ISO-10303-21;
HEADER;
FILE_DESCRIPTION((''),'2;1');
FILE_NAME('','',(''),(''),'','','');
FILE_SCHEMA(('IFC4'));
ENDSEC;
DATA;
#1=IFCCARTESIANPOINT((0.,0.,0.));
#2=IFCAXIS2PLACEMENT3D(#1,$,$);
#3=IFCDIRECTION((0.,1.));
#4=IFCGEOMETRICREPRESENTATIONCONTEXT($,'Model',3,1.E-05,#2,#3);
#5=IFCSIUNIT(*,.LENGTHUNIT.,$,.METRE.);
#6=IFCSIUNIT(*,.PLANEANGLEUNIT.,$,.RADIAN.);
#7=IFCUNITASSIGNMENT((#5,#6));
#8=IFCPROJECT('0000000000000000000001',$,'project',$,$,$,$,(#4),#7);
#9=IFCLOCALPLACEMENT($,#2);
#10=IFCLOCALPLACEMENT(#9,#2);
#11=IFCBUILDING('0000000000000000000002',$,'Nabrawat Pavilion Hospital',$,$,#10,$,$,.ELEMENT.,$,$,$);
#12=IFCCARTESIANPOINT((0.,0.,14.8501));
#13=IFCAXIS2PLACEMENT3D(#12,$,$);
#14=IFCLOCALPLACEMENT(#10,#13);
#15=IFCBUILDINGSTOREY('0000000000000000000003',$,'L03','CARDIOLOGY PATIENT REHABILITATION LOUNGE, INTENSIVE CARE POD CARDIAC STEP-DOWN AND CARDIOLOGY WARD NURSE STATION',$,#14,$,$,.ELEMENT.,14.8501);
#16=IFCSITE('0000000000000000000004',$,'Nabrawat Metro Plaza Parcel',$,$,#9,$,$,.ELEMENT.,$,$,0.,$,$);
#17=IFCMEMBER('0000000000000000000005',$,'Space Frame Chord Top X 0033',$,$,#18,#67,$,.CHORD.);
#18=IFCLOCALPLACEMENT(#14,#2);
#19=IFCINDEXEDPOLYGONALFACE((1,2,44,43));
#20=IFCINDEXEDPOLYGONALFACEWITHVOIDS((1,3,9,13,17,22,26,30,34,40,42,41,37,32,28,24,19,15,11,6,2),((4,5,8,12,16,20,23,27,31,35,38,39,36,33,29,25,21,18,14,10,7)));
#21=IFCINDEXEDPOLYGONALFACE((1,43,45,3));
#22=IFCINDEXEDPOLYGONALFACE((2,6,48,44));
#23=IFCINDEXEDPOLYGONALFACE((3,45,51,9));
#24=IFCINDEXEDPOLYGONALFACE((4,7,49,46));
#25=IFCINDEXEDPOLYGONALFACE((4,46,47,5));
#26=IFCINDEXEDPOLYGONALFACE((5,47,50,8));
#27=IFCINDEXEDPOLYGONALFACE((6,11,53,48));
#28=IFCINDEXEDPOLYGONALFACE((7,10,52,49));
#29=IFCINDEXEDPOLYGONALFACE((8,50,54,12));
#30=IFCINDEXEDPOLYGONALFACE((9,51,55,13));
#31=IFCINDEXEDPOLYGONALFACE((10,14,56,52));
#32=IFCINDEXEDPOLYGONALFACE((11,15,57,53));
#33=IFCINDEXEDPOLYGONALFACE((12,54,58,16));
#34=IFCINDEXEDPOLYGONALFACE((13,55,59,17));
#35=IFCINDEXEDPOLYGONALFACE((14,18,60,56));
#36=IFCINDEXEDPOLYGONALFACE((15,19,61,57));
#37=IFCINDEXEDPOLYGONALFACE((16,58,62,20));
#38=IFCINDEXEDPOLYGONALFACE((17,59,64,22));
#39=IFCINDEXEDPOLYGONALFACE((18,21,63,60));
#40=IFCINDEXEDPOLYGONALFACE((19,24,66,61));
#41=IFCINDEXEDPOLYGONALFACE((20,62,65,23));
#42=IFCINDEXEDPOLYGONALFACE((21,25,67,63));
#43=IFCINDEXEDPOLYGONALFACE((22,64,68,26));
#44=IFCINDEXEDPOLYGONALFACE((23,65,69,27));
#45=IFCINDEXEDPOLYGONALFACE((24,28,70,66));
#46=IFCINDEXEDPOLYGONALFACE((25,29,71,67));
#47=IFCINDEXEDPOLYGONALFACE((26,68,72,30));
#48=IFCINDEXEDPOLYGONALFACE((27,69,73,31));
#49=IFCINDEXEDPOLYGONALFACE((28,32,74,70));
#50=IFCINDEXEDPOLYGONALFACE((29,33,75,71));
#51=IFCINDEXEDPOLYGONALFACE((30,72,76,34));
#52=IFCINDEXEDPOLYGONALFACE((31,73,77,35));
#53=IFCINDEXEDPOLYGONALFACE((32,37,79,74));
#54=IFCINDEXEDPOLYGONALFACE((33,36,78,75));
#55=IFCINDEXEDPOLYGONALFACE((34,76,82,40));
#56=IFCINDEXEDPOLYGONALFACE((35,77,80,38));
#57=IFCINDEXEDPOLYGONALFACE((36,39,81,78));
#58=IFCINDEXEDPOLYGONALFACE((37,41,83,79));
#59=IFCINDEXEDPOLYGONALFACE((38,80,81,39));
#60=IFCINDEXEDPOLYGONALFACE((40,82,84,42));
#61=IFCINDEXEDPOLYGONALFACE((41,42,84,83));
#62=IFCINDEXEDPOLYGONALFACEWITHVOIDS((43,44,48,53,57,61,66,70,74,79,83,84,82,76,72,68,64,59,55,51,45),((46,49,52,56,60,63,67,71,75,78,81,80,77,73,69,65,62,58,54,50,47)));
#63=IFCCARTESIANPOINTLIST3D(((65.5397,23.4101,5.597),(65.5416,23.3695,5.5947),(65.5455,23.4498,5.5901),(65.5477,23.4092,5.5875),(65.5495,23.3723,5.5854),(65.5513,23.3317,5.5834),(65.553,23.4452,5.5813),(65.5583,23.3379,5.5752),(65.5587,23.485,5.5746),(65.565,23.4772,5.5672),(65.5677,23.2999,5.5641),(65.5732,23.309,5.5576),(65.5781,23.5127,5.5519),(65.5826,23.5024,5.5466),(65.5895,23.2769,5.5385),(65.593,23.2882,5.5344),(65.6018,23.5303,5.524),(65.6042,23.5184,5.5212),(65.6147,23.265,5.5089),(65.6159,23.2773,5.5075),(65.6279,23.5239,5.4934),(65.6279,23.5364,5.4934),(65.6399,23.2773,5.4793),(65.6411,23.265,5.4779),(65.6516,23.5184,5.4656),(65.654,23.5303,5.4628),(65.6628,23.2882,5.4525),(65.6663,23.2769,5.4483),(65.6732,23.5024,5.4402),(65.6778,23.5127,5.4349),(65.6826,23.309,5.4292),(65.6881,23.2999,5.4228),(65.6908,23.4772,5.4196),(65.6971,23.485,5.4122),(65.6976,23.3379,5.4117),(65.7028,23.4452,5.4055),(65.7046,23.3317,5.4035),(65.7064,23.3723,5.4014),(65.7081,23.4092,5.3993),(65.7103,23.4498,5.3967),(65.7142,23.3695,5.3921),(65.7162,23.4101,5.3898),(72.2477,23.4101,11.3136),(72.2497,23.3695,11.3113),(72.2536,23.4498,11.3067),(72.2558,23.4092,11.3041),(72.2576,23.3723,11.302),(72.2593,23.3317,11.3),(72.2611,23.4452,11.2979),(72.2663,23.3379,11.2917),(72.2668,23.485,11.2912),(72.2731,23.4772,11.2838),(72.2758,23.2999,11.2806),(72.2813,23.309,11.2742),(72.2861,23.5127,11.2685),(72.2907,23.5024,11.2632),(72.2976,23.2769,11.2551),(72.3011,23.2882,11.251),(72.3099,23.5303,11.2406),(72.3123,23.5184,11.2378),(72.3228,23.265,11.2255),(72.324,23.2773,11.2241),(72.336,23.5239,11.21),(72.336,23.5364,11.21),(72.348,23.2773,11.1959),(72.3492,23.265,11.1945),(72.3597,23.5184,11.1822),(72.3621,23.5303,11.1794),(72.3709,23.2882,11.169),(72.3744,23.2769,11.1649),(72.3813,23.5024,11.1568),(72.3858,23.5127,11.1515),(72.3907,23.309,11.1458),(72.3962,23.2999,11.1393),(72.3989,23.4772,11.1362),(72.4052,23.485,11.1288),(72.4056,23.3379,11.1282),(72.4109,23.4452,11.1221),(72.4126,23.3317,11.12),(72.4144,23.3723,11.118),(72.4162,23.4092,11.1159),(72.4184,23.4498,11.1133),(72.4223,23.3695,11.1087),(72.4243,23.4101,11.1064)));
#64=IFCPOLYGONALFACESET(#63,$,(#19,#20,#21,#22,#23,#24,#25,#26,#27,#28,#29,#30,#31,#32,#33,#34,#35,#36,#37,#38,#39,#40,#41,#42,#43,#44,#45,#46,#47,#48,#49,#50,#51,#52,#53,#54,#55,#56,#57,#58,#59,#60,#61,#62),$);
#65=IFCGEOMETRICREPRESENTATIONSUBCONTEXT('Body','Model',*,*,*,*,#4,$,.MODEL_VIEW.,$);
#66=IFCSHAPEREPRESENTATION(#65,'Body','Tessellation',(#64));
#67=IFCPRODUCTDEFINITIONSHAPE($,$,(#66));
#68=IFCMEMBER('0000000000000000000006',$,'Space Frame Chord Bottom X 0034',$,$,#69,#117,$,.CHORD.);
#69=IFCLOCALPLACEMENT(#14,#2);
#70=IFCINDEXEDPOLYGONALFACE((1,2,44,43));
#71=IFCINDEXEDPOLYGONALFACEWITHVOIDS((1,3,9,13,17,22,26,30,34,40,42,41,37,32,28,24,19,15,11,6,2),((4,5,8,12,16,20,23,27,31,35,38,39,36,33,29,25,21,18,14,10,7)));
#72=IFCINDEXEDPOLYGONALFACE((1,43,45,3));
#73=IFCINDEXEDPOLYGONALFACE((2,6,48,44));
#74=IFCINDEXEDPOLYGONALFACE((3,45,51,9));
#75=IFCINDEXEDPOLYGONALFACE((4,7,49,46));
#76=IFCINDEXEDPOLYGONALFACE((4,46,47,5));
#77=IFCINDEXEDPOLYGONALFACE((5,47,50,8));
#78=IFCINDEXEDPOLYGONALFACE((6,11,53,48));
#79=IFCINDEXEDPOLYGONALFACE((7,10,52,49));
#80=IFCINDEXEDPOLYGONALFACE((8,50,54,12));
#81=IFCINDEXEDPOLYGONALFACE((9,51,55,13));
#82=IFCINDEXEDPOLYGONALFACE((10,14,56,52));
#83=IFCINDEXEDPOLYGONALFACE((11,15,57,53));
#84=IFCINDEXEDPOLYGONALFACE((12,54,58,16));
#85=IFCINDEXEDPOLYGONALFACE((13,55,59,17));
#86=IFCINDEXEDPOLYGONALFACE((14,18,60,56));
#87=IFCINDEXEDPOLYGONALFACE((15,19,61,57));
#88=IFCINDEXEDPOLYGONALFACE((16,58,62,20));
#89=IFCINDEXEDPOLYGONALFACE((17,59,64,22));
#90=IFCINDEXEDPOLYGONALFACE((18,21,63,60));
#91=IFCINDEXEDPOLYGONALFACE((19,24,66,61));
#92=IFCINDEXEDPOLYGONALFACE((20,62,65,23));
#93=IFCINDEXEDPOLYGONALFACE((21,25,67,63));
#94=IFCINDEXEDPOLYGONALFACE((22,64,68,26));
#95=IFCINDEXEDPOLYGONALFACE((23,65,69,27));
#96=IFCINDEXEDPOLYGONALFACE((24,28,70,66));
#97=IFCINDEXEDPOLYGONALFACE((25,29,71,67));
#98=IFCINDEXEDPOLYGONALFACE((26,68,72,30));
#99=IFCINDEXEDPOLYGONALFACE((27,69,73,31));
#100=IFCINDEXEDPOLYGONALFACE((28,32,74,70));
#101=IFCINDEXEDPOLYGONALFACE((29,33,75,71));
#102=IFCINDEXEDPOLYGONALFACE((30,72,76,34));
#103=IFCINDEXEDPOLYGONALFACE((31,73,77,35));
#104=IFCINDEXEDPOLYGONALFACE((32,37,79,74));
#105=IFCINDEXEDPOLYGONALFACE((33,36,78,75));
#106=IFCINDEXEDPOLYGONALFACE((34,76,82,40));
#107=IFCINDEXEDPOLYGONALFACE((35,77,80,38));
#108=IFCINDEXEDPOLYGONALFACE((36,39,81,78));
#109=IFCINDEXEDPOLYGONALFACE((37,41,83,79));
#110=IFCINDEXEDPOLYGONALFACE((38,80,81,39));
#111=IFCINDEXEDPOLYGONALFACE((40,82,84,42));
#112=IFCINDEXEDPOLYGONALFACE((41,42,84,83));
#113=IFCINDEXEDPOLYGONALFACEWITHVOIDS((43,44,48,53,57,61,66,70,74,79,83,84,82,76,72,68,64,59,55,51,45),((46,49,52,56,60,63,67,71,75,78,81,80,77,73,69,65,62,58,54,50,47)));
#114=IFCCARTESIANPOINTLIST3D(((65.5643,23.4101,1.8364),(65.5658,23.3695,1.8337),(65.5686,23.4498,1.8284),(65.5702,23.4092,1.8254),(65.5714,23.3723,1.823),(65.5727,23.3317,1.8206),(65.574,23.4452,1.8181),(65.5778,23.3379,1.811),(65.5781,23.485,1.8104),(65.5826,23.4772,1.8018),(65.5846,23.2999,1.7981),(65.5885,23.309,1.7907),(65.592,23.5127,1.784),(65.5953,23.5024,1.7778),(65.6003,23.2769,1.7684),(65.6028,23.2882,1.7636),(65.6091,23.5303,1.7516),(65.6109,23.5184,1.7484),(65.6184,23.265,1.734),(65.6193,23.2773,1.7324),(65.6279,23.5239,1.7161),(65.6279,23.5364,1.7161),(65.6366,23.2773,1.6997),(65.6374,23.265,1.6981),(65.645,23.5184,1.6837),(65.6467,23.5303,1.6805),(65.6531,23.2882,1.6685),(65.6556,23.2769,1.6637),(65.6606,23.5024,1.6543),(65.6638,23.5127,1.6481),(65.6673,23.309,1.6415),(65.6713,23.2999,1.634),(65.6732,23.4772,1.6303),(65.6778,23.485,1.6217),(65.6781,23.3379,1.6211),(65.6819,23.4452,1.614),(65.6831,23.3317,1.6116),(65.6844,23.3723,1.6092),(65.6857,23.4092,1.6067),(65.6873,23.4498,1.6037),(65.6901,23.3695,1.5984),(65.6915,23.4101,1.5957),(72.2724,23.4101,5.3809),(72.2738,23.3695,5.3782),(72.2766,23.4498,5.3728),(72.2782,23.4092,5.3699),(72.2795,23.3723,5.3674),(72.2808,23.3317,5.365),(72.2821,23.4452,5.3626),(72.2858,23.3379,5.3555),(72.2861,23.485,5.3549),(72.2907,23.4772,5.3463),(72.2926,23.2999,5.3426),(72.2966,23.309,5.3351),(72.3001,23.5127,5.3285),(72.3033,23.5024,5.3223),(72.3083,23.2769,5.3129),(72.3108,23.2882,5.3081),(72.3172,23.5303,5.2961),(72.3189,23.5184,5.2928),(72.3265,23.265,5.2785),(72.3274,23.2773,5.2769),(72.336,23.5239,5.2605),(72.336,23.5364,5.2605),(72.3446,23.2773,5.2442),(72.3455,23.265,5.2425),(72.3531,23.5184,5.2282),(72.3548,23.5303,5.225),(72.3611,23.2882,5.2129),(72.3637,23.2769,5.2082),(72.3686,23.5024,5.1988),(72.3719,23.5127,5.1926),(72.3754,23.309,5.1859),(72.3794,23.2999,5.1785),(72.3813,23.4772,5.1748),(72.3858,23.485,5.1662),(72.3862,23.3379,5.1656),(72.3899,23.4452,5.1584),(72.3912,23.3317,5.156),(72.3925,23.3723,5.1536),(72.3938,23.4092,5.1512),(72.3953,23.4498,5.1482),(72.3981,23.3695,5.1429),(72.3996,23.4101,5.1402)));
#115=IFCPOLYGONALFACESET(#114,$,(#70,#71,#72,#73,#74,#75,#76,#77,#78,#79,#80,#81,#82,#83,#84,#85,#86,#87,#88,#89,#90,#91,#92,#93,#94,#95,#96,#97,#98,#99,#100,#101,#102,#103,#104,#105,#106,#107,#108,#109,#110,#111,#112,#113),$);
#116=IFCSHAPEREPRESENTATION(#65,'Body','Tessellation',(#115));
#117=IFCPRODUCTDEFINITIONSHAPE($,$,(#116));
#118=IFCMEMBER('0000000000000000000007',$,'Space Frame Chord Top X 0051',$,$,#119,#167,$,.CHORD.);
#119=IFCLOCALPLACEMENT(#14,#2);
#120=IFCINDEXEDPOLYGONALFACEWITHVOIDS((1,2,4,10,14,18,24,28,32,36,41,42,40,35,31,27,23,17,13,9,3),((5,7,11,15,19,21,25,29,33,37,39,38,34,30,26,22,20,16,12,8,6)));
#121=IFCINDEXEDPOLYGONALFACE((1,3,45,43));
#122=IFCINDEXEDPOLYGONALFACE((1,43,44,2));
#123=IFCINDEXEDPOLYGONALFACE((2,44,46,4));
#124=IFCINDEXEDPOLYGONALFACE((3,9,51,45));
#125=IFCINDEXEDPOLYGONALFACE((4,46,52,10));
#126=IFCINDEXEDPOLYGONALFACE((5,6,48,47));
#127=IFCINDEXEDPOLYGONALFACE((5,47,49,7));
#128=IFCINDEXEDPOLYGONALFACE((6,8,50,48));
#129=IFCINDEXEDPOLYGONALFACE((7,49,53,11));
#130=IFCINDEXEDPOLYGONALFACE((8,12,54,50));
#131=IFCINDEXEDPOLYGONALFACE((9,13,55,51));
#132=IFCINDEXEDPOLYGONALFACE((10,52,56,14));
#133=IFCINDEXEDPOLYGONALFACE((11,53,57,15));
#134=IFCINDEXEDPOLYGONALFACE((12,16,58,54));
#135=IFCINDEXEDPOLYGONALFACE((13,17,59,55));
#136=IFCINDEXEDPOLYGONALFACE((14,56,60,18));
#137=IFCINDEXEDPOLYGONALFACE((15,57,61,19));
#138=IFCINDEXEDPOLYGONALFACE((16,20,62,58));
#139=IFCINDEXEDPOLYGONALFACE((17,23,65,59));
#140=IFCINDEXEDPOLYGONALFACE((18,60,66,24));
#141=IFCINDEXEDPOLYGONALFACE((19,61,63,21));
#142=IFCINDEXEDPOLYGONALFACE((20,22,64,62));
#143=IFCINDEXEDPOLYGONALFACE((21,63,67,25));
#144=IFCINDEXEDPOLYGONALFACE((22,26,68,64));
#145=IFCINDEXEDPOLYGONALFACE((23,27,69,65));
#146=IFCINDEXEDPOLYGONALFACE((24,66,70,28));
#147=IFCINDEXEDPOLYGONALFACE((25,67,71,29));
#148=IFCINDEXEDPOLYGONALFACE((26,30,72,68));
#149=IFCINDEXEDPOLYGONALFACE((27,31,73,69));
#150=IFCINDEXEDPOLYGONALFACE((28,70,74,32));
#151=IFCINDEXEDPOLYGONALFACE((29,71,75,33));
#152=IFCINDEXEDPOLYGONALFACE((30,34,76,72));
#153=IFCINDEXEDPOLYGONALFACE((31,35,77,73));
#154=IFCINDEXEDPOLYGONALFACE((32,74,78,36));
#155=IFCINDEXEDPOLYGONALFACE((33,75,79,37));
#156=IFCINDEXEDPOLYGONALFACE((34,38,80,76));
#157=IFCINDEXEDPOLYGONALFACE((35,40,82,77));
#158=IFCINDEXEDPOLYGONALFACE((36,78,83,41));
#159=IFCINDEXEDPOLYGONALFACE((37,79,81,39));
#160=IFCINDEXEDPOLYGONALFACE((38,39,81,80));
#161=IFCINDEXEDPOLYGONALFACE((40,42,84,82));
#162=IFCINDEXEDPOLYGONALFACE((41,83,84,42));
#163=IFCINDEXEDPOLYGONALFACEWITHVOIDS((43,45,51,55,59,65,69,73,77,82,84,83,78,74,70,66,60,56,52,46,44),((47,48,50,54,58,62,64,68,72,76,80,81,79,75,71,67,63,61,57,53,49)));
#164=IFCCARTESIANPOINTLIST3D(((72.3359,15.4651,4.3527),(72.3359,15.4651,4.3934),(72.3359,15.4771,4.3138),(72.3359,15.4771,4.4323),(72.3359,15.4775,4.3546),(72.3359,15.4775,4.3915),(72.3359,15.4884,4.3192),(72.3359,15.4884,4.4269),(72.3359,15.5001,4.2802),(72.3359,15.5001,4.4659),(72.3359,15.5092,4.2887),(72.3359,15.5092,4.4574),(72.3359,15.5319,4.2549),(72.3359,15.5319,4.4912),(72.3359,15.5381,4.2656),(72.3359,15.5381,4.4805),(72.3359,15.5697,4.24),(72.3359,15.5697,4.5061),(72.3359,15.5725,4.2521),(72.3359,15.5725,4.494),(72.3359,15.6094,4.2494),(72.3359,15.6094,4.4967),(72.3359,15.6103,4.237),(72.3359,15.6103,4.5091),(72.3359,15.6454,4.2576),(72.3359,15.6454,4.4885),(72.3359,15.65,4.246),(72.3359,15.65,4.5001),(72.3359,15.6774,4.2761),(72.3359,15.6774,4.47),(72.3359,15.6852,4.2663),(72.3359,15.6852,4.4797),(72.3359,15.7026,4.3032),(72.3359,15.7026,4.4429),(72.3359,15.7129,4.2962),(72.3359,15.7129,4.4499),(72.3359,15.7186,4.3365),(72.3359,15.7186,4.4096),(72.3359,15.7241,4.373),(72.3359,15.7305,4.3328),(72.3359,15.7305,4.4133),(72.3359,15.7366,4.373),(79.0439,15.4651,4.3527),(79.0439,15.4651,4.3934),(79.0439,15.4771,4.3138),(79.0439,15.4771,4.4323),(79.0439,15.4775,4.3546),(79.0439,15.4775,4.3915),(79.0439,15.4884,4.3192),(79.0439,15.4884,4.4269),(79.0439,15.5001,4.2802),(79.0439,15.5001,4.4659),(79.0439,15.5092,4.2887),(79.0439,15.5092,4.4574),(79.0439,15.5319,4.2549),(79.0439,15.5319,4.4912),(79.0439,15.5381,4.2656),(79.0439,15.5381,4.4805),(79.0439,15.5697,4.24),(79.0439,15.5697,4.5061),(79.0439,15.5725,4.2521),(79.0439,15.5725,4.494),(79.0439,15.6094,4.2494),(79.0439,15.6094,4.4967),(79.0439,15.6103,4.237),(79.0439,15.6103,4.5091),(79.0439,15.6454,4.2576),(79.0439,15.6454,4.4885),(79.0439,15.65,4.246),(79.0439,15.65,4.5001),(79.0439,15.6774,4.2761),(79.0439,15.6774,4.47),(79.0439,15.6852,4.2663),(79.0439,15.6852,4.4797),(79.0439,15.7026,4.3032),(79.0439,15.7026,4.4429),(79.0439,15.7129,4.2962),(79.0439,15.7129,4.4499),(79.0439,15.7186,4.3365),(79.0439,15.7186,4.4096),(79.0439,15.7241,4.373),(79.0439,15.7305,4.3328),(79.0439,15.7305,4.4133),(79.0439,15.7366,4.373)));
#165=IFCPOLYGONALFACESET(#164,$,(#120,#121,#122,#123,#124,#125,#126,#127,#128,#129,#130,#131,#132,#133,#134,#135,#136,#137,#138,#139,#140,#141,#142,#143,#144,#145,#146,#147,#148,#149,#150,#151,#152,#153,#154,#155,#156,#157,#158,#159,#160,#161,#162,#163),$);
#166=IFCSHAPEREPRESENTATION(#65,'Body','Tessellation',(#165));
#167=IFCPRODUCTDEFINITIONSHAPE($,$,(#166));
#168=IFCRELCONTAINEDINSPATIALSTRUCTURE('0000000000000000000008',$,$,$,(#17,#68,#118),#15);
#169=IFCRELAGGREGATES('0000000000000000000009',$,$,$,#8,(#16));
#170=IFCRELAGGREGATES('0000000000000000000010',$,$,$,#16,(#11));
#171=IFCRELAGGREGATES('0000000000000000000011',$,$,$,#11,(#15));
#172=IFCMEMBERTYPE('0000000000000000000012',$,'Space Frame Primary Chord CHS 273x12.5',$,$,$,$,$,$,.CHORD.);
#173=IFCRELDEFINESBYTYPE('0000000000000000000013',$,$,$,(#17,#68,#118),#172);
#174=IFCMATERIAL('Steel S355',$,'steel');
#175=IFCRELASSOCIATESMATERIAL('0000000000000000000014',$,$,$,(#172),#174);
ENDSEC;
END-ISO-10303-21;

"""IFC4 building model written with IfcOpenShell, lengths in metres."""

from ifc_helpers import new_model, si_unit, direction, frame, origin, origin_2d, place, context, subcontext, project, spatial, hollow_circle, extrude, material, material_profile, profile_set, type_object, element, save


model = new_model("IFC4")

# Units and contexts
model_context = context("Model", 3, precision=1e-05, world=origin(), true_north=direction((0.0, 1.0)))
body_context = subcontext(model_context, "Body", "Model", "MODEL_VIEW")
ifc_project = project(units=[si_unit("LENGTHUNIT", "METRE"), si_unit("PLANEANGLEUNIT", "RADIAN")], contexts=[model_context])

# Site, building, storey
site_placement = place(None, origin())
site = spatial("IfcSite", under=ifc_project, at=site_placement, Name="Nabrawat Metro Plaza Parcel", CompositionType="ELEMENT", RefElevation=0.0)
building_placement = place(site_placement, origin())
building = spatial("IfcBuilding", under=site, at=building_placement, Name="Nabrawat Pavilion Hospital", CompositionType="ELEMENT")
storey_placement = place(building_placement, frame((0.0, 0.0, 14.8501)))
storey = spatial("IfcBuildingStorey", under=building, at=storey_placement, Name="L03", Description="CARDIOLOGY PATIENT REHABILITATION LOUNGE, INTENSIVE CARE POD CARDIAC STEP-DOWN AND CARDIOLOGY WARD NURSE STATION", CompositionType="ELEMENT", Elevation=14.8501)

# Shared definitions
ifc_material = material(Name="Steel S355", Category="steel")

# Members
ifc_material_profile_1 = material_profile(ifc_material, hollow_circle(Radius=0.1365, WallThickness=0.0125, at=origin_2d()), Name="CHS 273x12.5")
ifc_profile_set_1 = profile_set([ifc_material_profile_1], Name="Steel S355")
member_type_1 = type_object("IfcMemberType", Name="Space Frame Primary Chord CHS 273x12.5", PredefinedType="CHORD", material=ifc_profile_set_1)
member_1_placement = place(storey_placement, frame((65.6279, 23.3999, 5.4934), z_axis=(0.761113, 0.0, 0.648619), x_axis=(0.0, 1.0, 0.0)))
element("IfcMember", 1, at=member_1_placement, inside=storey, type_object=member_type_1, Name="Space Frame Chord Top X 0033", PredefinedType="CHORD", context=body_context, shape_type="SweptSolid", body=[
    extrude(hollow_circle(Radius=0.1365, WallThickness=0.0125, at=origin_2d()), origin(), (0.0, 0.0, 1.0), 8.8135),
])
member_2_placement = place(storey_placement, frame((65.6279, 23.3999, 1.7161), z_axis=(0.884162, 0.0, 0.467181), x_axis=(0.0, 1.0, 0.0)))
element("IfcMember", 2, at=member_2_placement, inside=storey, type_object=member_type_1, Name="Space Frame Chord Bottom X 0034", PredefinedType="CHORD", context=body_context, shape_type="SweptSolid", body=[
    extrude(hollow_circle(Radius=0.1365, WallThickness=0.0125, at=origin_2d()), origin(), (0.0, 0.0, 1.0), 7.5869),
])
for number, where, z_axis, x_axis, name in (
    (3, (72.3359, 15.6001, 4.373), (1.0, 0.0, 0.0), (0.0, 1.0, 0.0), "Space Frame Chord Top X 0051"),
):
    element("IfcMember", number, at=place(storey_placement, frame(where, z_axis=z_axis, x_axis=x_axis)), inside=storey, type_object=member_type_1, Name=name, PredefinedType="CHORD", context=body_context, shape_type="SweptSolid", body=[
        extrude(hollow_circle(Radius=0.1365, WallThickness=0.0125, at=origin_2d()), origin(), (0.0, 0.0, 1.0), 6.708),
    ])

save(model, "model.ifc")
